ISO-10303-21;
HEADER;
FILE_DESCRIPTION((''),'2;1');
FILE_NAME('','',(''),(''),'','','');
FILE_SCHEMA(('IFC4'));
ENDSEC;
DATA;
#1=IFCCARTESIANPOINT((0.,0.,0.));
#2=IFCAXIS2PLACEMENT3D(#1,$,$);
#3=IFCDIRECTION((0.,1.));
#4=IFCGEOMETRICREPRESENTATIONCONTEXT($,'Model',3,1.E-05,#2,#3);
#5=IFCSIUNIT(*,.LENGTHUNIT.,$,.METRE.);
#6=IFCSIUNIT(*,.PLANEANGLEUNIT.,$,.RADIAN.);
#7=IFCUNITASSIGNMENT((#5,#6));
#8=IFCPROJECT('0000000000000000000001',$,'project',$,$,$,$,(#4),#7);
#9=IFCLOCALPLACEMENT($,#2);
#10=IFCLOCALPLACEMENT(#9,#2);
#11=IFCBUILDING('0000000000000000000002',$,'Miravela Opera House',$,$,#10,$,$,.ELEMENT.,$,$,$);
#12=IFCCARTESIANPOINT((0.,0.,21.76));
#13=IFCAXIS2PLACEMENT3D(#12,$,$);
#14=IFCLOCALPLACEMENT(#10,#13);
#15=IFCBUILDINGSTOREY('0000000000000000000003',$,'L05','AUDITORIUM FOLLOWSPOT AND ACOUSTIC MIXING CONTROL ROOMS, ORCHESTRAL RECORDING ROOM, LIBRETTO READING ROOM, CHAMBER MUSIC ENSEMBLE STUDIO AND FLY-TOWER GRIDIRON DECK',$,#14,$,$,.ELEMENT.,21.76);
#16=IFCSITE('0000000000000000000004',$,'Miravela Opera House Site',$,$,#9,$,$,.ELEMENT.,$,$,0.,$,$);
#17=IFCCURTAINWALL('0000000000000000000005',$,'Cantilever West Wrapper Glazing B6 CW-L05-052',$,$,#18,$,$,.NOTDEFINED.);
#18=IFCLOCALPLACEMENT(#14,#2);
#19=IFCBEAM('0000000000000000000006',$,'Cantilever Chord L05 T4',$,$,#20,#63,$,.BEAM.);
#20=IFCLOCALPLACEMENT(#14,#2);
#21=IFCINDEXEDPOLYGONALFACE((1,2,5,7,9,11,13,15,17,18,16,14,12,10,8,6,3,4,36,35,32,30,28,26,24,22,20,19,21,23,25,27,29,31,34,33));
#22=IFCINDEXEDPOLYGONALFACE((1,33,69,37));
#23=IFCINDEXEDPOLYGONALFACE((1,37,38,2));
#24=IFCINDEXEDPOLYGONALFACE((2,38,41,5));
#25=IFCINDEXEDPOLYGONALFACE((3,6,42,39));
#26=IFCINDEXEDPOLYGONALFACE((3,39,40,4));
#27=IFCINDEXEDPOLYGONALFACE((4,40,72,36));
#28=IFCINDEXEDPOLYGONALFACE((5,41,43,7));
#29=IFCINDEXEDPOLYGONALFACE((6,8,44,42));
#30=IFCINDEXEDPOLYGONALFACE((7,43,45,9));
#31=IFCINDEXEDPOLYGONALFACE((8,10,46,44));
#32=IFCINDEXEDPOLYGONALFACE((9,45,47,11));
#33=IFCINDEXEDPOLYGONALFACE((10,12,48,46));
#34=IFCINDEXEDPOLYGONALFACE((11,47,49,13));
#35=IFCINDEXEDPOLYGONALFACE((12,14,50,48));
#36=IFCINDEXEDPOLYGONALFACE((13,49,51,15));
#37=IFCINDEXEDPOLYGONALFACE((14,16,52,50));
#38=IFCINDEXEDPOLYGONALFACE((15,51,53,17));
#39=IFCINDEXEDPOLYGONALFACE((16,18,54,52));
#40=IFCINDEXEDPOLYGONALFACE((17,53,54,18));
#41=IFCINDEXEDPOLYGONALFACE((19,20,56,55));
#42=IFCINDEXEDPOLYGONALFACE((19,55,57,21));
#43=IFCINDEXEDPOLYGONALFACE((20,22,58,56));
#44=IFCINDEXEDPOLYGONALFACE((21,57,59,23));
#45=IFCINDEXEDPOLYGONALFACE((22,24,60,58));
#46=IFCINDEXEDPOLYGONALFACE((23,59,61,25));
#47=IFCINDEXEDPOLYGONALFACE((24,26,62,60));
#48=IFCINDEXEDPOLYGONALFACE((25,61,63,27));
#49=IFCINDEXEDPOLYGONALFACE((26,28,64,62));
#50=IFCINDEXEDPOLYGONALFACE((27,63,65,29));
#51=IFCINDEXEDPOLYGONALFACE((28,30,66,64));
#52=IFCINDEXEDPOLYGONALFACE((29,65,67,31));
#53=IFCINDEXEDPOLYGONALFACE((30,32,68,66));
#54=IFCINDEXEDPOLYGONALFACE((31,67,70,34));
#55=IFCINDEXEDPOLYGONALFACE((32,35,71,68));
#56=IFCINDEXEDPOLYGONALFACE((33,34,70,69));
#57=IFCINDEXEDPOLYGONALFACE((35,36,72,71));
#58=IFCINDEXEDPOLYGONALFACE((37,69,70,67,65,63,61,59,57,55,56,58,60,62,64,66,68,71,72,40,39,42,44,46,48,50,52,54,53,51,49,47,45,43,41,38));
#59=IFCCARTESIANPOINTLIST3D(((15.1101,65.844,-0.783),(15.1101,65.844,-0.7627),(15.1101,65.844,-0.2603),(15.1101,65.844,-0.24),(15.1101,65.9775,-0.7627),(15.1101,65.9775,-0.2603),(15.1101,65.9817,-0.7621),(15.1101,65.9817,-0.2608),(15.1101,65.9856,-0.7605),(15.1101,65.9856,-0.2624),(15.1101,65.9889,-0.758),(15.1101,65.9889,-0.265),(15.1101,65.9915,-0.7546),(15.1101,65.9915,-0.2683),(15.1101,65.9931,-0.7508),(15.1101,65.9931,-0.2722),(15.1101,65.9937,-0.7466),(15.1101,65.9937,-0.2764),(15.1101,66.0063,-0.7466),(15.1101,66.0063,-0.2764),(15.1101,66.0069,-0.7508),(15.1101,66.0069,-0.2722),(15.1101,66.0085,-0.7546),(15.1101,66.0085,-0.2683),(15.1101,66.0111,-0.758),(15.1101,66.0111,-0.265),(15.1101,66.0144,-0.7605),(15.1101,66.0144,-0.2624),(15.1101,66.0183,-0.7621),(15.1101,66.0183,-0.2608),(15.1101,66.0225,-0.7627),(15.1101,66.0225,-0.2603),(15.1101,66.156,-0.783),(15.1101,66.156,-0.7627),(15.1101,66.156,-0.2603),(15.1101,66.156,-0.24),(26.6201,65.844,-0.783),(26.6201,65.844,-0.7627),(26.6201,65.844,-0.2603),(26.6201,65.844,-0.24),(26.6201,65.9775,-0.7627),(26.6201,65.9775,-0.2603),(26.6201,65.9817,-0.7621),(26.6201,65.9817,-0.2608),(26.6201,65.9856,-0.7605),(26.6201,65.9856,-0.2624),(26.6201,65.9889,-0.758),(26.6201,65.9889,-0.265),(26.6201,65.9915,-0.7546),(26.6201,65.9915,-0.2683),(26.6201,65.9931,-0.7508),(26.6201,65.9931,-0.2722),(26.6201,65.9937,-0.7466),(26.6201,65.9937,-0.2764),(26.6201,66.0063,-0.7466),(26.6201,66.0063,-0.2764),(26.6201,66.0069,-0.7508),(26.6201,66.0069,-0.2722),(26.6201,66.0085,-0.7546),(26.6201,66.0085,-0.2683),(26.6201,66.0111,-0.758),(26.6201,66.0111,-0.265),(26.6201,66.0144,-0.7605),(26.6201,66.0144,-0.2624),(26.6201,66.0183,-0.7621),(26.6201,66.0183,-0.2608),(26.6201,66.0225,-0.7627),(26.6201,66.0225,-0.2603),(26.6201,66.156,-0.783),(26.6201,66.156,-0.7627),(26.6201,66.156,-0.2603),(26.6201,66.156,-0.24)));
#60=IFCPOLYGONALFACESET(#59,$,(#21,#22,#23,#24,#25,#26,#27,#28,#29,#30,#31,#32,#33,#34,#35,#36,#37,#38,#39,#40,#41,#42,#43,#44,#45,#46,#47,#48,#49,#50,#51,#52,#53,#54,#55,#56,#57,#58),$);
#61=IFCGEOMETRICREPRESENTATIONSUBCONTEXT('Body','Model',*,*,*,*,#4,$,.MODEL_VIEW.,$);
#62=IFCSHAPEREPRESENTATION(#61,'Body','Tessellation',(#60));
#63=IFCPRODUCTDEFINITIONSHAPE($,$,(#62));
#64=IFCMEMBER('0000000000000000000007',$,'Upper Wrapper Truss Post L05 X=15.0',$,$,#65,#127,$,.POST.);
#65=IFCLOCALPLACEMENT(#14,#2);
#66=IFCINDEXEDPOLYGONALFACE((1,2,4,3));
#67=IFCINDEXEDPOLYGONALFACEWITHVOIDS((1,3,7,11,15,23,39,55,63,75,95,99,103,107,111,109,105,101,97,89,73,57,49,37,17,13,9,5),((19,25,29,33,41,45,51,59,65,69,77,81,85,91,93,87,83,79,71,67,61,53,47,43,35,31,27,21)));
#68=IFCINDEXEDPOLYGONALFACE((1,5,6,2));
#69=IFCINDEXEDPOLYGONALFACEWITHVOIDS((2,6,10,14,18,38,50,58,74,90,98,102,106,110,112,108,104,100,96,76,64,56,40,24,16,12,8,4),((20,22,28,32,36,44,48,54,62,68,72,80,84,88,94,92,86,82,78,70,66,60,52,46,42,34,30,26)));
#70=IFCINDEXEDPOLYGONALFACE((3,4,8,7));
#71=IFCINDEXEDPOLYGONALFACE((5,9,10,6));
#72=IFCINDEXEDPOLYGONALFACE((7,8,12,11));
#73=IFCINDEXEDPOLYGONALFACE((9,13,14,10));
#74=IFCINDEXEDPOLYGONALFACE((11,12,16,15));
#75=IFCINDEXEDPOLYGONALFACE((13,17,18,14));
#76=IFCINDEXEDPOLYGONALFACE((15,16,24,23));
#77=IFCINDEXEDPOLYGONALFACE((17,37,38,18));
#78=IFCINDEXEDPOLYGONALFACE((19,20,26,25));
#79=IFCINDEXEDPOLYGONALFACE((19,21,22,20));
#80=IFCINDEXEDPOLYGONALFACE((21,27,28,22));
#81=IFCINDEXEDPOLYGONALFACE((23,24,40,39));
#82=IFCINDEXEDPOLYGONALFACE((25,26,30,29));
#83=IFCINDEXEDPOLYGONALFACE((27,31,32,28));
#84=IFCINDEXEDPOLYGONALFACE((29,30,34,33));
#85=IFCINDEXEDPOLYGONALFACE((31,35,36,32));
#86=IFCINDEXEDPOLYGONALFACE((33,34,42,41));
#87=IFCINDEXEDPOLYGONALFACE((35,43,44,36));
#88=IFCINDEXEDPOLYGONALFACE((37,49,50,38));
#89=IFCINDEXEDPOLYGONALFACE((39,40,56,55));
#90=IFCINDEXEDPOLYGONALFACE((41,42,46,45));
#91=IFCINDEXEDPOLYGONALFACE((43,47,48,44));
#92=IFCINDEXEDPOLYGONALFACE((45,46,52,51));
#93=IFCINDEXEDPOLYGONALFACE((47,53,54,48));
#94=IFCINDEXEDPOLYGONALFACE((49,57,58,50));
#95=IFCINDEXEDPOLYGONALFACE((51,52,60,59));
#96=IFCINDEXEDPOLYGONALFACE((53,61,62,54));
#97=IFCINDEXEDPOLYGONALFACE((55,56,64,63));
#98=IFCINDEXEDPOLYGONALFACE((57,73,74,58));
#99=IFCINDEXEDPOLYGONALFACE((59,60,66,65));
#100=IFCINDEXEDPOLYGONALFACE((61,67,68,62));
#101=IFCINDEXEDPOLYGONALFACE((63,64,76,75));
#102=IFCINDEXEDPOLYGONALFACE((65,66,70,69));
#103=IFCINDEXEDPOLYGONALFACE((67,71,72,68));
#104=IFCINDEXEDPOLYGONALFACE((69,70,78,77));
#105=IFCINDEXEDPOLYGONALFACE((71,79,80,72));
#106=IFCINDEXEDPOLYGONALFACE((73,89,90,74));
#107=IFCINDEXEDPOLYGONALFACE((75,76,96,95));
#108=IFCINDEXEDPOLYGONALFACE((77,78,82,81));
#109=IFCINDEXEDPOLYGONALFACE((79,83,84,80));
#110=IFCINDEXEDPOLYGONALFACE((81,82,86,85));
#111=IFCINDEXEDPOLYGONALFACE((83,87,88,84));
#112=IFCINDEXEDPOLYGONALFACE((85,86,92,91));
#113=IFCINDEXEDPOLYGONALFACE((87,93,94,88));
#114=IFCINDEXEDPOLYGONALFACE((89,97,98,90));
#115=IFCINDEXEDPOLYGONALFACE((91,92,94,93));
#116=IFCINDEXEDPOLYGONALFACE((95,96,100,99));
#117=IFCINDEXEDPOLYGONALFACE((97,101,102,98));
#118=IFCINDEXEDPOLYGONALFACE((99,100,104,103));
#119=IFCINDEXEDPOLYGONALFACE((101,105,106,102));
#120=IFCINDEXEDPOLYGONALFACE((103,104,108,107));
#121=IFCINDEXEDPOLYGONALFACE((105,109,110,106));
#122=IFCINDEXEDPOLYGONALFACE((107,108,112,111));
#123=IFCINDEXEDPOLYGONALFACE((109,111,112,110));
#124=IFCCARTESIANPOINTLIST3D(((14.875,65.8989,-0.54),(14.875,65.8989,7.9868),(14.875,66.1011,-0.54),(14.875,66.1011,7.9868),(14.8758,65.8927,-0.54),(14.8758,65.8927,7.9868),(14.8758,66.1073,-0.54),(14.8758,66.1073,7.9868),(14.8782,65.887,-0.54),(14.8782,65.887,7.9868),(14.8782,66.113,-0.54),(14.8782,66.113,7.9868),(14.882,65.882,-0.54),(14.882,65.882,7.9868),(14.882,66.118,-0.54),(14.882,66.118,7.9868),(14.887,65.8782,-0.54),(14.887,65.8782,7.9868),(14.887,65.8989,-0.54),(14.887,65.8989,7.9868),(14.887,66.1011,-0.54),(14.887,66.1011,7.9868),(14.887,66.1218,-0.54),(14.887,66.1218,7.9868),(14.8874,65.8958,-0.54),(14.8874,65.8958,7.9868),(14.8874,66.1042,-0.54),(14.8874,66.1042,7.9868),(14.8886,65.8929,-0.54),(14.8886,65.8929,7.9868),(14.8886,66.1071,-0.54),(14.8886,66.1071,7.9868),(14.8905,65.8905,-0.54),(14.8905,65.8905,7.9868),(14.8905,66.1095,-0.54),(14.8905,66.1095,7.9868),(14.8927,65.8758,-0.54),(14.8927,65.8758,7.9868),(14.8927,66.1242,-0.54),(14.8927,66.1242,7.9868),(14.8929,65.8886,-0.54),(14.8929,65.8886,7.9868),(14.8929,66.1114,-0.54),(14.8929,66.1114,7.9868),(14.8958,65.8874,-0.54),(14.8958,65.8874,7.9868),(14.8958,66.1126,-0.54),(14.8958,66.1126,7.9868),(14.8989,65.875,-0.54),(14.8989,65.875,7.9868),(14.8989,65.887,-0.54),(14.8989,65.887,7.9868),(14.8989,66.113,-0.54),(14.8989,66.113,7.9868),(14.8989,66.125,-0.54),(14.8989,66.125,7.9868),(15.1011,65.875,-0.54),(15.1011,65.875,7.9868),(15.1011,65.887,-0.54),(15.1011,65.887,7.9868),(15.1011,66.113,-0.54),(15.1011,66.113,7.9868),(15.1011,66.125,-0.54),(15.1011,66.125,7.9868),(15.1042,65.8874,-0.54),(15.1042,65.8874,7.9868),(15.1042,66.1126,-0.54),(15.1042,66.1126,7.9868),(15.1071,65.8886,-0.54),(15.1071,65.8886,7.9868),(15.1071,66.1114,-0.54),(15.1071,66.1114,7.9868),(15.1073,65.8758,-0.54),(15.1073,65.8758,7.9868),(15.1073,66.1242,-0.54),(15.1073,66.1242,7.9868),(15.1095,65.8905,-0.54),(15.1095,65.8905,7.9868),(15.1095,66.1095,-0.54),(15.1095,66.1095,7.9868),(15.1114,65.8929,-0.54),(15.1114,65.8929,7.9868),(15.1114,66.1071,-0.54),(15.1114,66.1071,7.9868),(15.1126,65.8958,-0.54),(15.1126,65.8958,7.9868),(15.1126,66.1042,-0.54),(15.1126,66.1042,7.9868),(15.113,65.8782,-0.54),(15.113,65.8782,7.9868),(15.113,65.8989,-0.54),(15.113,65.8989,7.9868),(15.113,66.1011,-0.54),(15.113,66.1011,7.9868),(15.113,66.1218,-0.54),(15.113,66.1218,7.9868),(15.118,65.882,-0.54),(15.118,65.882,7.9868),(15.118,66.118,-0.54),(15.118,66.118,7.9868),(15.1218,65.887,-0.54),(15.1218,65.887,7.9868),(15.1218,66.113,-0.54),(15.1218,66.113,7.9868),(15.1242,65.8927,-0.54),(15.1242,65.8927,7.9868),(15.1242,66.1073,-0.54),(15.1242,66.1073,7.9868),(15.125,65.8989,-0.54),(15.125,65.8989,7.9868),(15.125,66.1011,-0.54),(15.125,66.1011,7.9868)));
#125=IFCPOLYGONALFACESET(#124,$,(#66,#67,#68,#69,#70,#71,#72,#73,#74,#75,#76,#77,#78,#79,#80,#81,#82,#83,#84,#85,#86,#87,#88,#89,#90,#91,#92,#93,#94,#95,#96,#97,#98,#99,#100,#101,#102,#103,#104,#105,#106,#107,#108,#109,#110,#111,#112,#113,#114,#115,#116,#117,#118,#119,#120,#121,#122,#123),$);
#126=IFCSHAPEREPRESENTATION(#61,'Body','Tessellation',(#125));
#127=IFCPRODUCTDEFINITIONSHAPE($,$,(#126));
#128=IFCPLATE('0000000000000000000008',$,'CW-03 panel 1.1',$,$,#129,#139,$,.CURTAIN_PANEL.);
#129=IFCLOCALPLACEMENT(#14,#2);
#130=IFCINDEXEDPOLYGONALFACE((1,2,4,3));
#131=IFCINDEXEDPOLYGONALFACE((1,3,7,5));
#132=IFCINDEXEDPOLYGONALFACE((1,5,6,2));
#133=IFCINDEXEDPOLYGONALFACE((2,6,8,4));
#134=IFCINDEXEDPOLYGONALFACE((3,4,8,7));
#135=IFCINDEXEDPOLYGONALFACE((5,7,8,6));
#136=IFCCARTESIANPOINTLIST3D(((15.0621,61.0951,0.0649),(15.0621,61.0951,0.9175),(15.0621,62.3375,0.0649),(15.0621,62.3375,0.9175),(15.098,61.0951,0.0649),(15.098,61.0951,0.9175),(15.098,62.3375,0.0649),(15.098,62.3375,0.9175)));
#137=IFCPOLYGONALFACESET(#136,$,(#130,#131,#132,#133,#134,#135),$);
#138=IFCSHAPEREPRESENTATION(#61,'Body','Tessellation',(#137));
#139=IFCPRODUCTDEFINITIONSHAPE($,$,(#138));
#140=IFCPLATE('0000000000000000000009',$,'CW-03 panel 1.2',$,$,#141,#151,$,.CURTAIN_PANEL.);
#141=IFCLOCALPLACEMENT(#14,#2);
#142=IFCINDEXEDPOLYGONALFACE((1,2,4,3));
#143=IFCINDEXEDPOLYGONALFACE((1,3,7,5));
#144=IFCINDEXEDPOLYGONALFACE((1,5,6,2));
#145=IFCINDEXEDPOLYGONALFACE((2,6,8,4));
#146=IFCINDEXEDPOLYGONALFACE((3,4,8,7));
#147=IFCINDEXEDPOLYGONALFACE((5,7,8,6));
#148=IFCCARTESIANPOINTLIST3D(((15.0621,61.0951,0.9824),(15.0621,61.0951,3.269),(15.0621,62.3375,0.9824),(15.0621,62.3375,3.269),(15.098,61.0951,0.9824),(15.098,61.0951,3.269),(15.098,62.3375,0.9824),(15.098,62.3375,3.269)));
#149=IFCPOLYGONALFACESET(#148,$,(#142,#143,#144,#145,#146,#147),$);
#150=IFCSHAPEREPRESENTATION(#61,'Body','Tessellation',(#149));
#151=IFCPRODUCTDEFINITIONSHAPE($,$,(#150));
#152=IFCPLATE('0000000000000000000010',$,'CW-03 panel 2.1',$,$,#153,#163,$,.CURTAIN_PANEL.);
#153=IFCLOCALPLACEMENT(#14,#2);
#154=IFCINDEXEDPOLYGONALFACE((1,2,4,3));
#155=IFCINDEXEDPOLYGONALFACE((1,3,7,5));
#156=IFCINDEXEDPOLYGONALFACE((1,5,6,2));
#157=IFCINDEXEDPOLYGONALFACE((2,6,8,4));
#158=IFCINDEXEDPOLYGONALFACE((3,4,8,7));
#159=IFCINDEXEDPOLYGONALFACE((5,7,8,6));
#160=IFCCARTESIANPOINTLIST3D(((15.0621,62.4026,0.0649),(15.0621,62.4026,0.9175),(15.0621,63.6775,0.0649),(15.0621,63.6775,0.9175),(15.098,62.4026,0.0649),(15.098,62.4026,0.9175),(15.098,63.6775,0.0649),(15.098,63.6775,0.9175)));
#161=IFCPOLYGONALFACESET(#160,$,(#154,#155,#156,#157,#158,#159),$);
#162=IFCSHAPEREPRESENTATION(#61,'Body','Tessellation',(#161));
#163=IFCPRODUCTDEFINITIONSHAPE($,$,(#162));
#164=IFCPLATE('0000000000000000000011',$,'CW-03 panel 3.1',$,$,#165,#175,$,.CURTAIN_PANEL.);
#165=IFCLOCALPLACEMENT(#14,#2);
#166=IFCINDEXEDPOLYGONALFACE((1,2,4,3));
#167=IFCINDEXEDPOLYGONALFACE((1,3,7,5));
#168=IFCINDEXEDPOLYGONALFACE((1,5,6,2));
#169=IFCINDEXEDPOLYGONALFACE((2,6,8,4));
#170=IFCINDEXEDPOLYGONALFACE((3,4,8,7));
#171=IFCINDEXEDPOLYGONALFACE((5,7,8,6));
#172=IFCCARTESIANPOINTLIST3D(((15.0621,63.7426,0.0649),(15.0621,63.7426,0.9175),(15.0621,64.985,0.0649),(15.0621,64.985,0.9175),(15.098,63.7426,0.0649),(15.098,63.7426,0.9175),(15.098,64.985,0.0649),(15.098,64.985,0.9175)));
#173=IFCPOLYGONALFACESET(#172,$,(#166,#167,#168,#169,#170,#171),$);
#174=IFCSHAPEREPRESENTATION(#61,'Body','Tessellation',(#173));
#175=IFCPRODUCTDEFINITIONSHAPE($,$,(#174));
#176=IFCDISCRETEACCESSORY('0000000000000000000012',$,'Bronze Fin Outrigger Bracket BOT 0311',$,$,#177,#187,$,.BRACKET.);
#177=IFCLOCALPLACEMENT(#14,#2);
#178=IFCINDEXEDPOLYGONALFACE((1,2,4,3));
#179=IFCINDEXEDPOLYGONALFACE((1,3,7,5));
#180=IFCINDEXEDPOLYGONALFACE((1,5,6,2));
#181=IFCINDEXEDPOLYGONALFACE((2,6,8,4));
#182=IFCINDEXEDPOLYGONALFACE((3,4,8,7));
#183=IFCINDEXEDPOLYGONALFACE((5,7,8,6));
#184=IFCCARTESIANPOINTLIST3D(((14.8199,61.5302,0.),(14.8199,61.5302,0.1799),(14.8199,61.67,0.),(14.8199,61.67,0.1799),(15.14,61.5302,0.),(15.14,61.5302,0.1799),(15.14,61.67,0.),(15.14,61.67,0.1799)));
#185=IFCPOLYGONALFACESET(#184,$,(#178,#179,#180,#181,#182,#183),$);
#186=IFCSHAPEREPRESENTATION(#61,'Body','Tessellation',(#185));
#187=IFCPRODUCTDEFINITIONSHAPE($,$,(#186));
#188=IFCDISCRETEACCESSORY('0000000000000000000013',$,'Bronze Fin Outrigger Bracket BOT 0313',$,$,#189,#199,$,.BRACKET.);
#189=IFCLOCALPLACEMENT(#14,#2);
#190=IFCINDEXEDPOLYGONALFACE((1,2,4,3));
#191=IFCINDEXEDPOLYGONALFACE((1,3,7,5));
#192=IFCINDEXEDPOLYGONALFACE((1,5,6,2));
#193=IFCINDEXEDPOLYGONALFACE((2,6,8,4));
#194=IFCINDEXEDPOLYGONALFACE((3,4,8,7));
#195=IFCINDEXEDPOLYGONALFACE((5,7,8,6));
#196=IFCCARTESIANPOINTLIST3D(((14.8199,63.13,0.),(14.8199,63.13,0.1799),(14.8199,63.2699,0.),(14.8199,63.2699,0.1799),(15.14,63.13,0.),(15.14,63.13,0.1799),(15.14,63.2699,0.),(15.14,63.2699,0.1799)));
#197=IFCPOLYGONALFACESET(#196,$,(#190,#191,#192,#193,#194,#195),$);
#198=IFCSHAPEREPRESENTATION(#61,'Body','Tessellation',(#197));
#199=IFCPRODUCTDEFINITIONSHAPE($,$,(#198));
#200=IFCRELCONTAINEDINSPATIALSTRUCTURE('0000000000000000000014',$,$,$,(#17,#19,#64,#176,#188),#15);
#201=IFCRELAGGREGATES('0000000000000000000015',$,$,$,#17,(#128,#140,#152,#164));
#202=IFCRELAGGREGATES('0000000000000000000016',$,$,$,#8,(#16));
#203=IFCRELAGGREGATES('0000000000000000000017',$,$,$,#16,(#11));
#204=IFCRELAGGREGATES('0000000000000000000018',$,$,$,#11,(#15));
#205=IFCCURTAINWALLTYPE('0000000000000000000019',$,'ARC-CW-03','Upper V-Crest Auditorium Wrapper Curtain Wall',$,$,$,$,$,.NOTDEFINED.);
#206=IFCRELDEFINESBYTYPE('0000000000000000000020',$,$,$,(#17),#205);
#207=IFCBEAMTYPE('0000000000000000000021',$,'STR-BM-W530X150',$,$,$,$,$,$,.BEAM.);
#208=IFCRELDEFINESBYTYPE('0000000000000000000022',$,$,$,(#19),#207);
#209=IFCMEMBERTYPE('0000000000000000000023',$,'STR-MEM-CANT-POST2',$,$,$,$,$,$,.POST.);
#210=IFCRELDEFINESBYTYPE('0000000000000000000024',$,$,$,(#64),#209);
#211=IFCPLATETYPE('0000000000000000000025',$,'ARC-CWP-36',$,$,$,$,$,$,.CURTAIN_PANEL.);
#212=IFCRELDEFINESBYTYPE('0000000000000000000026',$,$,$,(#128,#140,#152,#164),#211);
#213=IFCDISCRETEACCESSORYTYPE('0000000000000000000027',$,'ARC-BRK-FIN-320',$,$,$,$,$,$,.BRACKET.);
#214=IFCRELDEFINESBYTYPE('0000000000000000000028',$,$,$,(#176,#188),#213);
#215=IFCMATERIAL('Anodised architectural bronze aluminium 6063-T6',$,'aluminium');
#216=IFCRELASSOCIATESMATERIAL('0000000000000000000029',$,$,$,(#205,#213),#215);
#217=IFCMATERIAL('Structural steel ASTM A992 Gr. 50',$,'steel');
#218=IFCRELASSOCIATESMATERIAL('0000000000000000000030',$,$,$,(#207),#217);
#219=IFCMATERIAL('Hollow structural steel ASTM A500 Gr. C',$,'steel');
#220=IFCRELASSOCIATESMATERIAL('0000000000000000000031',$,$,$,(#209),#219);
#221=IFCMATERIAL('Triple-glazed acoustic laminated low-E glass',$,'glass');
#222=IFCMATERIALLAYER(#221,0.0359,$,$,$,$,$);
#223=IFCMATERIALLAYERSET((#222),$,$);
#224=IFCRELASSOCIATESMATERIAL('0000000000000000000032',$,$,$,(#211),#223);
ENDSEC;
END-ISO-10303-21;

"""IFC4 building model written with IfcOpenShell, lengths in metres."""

from ifc_helpers import new_model, si_unit, direction, frame, origin, origin_2d, place, context, subcontext, project, spatial, rectangle, hollow_rectangle, i_section, extrude, material, layer, layer_set, material_profile, profile_set, type_object, element, aggregate, save


model = new_model("IFC4")

# Units and contexts
model_context = context("Model", 3, precision=1e-05, world=origin(), true_north=direction((0.0, 1.0)))
body_context = subcontext(model_context, "Body", "Model", "MODEL_VIEW")
ifc_project = project(units=[si_unit("LENGTHUNIT", "METRE"), si_unit("PLANEANGLEUNIT", "RADIAN")], contexts=[model_context])

# Site, building, storey
site_placement = place(None, origin())
site = spatial("IfcSite", under=ifc_project, at=site_placement, Name="Miravela Opera House Site", CompositionType="ELEMENT", RefElevation=0.0)
building_placement = place(site_placement, origin())
building = spatial("IfcBuilding", under=site, at=building_placement, Name="Miravela Opera House", CompositionType="ELEMENT")
storey_placement = place(building_placement, frame((0.0, 0.0, 21.76)))
storey = spatial("IfcBuildingStorey", under=building, at=storey_placement, Name="L05", Description="AUDITORIUM FOLLOWSPOT AND ACOUSTIC MIXING CONTROL ROOMS, ORCHESTRAL RECORDING ROOM, LIBRETTO READING ROOM, CHAMBER MUSIC ENSEMBLE STUDIO AND FLY-TOWER GRIDIRON DECK", CompositionType="ELEMENT", Elevation=21.76)

# Curtain wall
ifc_material_1 = material(Name="Anodised architectural bronze aluminium 6063-T6", Category="aluminium")
curtain_wall_type = type_object("IfcCurtainWallType", Name="ARC-CW-03", Description="Upper V-Crest Auditorium Wrapper Curtain Wall", PredefinedType="NOTDEFINED", material=ifc_material_1)
curtain_wall_1_placement = place(storey_placement, origin())
curtain_wall_1 = element("IfcCurtainWall", 1, at=curtain_wall_1_placement, inside=storey, type_object=curtain_wall_type, Name="Cantilever West Wrapper Glazing B6 CW-L05-052", PredefinedType="NOTDEFINED")

# Beam
ifc_material_2 = material(Name="Structural steel ASTM A992 Gr. 50", Category="steel")
ifc_material_profile_1 = material_profile(ifc_material_2, i_section(OverallWidth=0.312, OverallDepth=0.543, WebThickness=0.0127, FlangeThickness=0.0203, FilletRadius=0.0161, at=origin_2d()), Name="W530X150")
ifc_profile_set_1 = profile_set([ifc_material_profile_1])
beam_type = type_object("IfcBeamType", Name="STR-BM-W530X150", PredefinedType="BEAM", material=ifc_profile_set_1)
beam_placement = place(storey_placement, frame((15.1101, 66.0, -0.5115), z_axis=(1.0, 0.0, 0.0), x_axis=(0.0, 1.0, 0.0)))
element("IfcBeam", 2, at=beam_placement, inside=storey, type_object=beam_type, Name="Cantilever Chord L05 T4", PredefinedType="BEAM", context=body_context, shape_type="SweptSolid", body=[
    extrude(i_section(OverallWidth=0.312, OverallDepth=0.543, WebThickness=0.0127, FlangeThickness=0.0203, FilletRadius=0.0161, at=origin_2d()), origin(), (0.0, 0.0, 1.0), 11.51),
])

# Member
ifc_material_3 = material(Name="Hollow structural steel ASTM A500 Gr. C", Category="steel")
ifc_material_profile_2 = material_profile(ifc_material_3, hollow_rectangle(XDim=0.25, YDim=0.25, WallThickness=0.012, InnerFilletRadius=0.012, OuterFilletRadius=0.0239, at=origin_2d()), Name="HSS250X250X12")
ifc_profile_set_2 = profile_set([ifc_material_profile_2])
member_type_1 = type_object("IfcMemberType", Name="STR-MEM-CANT-POST2", PredefinedType="POST", material=ifc_profile_set_2)
member_1_placement = place(storey_placement, frame((15.0, 66.0, -0.54), z_axis=(0.0, 0.0, 1.0), x_axis=(1.0, 0.0, 0.0)))
element("IfcMember", 3, at=member_1_placement, inside=storey, type_object=member_type_1, Name="Upper Wrapper Truss Post L05 X=15.0", PredefinedType="POST", context=body_context, shape_type="SweptSolid", body=[
    extrude(hollow_rectangle(XDim=0.25, YDim=0.25, WallThickness=0.012, InnerFilletRadius=0.012, OuterFilletRadius=0.0239, at=origin_2d()), origin(), (0.0, 0.0, 1.0), 8.5269),
])

# Plates
ifc_material_4 = material(Name="Triple-glazed acoustic laminated low-E glass", Category="glass")
ifc_layer = layer(ifc_material_4, 0.0359)
ifc_layer_set = layer_set([ifc_layer])
plate_type = type_object("IfcPlateType", Name="ARC-CWP-36", PredefinedType="CURTAIN_PANEL", material=ifc_layer_set)
plate_1_placement = place(storey_placement, frame((15.0801, 61.7163, 0.0649), z_axis=(0.0, 0.0, 1.0), x_axis=(0.0, 1.0, 0.0)))
plate_1 = element("IfcPlate", 4, at=plate_1_placement, type_object=plate_type, Name="CW-03 panel 1.1", PredefinedType="CURTAIN_PANEL", context=body_context, shape_type="SweptSolid", body=[
    extrude(rectangle(XDim=1.2424, YDim=0.0359, at=origin_2d()), origin(), (0.0, 0.0, 1.0), 0.8525),
])
plate_2_placement = place(storey_placement, frame((15.0801, 61.7163, 0.9824), z_axis=(0.0, 0.0, 1.0), x_axis=(0.0, 1.0, 0.0)))
plate_2 = element("IfcPlate", 5, at=plate_2_placement, type_object=plate_type, Name="CW-03 panel 1.2", PredefinedType="CURTAIN_PANEL", context=body_context, shape_type="SweptSolid", body=[
    extrude(rectangle(XDim=1.2424, YDim=0.0359, at=origin_2d()), origin(), (0.0, 0.0, 1.0), 2.2866),
])
plate_3_placement = place(storey_placement, frame((15.0801, 63.04, 0.0649), z_axis=(0.0, 0.0, 1.0), x_axis=(0.0, 1.0, 0.0)))
plate_3 = element("IfcPlate", 6, at=plate_3_placement, type_object=plate_type, Name="CW-03 panel 2.1", PredefinedType="CURTAIN_PANEL", context=body_context, shape_type="SweptSolid", body=[
    extrude(rectangle(XDim=1.2749, YDim=0.0359, at=origin_2d()), origin(), (0.0, 0.0, 1.0), 0.8525),
])
plate_4_placement = place(storey_placement, frame((15.0801, 64.3638, 0.0649), z_axis=(0.0, 0.0, 1.0), x_axis=(0.0, 1.0, 0.0)))
plate_4 = element("IfcPlate", 7, at=plate_4_placement, type_object=plate_type, Name="CW-03 panel 3.1", PredefinedType="CURTAIN_PANEL", context=body_context, shape_type="SweptSolid", body=[
    extrude(rectangle(XDim=1.2424, YDim=0.0359, at=origin_2d()), origin(), (0.0, 0.0, 1.0), 0.8525),
])
aggregate(curtain_wall_1, [plate_1, plate_2, plate_3, plate_4])

# Discrete accessories
discrete_accessory_type = type_object("IfcDiscreteAccessoryType", Name="ARC-BRK-FIN-320", PredefinedType="BRACKET", material=ifc_material_1)
for number, where, z_axis, x_axis, name in (
    (8, (14.98, 61.6001, 0.0), (0.0, 0.0, 1.0), (1.0, 0.0, 0.0), "Bronze Fin Outrigger Bracket BOT 0311"),
    (9, (14.98, 63.2, 0.0), (0.0, 0.0, 1.0), (1.0, 0.0, 0.0), "Bronze Fin Outrigger Bracket BOT 0313"),
):
    element("IfcDiscreteAccessory", number, at=place(storey_placement, frame(where, z_axis=z_axis, x_axis=x_axis)), inside=storey, type_object=discrete_accessory_type, Name=name, PredefinedType="BRACKET", context=body_context, shape_type="SweptSolid", body=[
        extrude(rectangle(XDim=0.3201, YDim=0.1399, at=origin_2d()), origin(), (0.0, 0.0, 1.0), 0.1799),
    ])

save(model, "model.ifc")
